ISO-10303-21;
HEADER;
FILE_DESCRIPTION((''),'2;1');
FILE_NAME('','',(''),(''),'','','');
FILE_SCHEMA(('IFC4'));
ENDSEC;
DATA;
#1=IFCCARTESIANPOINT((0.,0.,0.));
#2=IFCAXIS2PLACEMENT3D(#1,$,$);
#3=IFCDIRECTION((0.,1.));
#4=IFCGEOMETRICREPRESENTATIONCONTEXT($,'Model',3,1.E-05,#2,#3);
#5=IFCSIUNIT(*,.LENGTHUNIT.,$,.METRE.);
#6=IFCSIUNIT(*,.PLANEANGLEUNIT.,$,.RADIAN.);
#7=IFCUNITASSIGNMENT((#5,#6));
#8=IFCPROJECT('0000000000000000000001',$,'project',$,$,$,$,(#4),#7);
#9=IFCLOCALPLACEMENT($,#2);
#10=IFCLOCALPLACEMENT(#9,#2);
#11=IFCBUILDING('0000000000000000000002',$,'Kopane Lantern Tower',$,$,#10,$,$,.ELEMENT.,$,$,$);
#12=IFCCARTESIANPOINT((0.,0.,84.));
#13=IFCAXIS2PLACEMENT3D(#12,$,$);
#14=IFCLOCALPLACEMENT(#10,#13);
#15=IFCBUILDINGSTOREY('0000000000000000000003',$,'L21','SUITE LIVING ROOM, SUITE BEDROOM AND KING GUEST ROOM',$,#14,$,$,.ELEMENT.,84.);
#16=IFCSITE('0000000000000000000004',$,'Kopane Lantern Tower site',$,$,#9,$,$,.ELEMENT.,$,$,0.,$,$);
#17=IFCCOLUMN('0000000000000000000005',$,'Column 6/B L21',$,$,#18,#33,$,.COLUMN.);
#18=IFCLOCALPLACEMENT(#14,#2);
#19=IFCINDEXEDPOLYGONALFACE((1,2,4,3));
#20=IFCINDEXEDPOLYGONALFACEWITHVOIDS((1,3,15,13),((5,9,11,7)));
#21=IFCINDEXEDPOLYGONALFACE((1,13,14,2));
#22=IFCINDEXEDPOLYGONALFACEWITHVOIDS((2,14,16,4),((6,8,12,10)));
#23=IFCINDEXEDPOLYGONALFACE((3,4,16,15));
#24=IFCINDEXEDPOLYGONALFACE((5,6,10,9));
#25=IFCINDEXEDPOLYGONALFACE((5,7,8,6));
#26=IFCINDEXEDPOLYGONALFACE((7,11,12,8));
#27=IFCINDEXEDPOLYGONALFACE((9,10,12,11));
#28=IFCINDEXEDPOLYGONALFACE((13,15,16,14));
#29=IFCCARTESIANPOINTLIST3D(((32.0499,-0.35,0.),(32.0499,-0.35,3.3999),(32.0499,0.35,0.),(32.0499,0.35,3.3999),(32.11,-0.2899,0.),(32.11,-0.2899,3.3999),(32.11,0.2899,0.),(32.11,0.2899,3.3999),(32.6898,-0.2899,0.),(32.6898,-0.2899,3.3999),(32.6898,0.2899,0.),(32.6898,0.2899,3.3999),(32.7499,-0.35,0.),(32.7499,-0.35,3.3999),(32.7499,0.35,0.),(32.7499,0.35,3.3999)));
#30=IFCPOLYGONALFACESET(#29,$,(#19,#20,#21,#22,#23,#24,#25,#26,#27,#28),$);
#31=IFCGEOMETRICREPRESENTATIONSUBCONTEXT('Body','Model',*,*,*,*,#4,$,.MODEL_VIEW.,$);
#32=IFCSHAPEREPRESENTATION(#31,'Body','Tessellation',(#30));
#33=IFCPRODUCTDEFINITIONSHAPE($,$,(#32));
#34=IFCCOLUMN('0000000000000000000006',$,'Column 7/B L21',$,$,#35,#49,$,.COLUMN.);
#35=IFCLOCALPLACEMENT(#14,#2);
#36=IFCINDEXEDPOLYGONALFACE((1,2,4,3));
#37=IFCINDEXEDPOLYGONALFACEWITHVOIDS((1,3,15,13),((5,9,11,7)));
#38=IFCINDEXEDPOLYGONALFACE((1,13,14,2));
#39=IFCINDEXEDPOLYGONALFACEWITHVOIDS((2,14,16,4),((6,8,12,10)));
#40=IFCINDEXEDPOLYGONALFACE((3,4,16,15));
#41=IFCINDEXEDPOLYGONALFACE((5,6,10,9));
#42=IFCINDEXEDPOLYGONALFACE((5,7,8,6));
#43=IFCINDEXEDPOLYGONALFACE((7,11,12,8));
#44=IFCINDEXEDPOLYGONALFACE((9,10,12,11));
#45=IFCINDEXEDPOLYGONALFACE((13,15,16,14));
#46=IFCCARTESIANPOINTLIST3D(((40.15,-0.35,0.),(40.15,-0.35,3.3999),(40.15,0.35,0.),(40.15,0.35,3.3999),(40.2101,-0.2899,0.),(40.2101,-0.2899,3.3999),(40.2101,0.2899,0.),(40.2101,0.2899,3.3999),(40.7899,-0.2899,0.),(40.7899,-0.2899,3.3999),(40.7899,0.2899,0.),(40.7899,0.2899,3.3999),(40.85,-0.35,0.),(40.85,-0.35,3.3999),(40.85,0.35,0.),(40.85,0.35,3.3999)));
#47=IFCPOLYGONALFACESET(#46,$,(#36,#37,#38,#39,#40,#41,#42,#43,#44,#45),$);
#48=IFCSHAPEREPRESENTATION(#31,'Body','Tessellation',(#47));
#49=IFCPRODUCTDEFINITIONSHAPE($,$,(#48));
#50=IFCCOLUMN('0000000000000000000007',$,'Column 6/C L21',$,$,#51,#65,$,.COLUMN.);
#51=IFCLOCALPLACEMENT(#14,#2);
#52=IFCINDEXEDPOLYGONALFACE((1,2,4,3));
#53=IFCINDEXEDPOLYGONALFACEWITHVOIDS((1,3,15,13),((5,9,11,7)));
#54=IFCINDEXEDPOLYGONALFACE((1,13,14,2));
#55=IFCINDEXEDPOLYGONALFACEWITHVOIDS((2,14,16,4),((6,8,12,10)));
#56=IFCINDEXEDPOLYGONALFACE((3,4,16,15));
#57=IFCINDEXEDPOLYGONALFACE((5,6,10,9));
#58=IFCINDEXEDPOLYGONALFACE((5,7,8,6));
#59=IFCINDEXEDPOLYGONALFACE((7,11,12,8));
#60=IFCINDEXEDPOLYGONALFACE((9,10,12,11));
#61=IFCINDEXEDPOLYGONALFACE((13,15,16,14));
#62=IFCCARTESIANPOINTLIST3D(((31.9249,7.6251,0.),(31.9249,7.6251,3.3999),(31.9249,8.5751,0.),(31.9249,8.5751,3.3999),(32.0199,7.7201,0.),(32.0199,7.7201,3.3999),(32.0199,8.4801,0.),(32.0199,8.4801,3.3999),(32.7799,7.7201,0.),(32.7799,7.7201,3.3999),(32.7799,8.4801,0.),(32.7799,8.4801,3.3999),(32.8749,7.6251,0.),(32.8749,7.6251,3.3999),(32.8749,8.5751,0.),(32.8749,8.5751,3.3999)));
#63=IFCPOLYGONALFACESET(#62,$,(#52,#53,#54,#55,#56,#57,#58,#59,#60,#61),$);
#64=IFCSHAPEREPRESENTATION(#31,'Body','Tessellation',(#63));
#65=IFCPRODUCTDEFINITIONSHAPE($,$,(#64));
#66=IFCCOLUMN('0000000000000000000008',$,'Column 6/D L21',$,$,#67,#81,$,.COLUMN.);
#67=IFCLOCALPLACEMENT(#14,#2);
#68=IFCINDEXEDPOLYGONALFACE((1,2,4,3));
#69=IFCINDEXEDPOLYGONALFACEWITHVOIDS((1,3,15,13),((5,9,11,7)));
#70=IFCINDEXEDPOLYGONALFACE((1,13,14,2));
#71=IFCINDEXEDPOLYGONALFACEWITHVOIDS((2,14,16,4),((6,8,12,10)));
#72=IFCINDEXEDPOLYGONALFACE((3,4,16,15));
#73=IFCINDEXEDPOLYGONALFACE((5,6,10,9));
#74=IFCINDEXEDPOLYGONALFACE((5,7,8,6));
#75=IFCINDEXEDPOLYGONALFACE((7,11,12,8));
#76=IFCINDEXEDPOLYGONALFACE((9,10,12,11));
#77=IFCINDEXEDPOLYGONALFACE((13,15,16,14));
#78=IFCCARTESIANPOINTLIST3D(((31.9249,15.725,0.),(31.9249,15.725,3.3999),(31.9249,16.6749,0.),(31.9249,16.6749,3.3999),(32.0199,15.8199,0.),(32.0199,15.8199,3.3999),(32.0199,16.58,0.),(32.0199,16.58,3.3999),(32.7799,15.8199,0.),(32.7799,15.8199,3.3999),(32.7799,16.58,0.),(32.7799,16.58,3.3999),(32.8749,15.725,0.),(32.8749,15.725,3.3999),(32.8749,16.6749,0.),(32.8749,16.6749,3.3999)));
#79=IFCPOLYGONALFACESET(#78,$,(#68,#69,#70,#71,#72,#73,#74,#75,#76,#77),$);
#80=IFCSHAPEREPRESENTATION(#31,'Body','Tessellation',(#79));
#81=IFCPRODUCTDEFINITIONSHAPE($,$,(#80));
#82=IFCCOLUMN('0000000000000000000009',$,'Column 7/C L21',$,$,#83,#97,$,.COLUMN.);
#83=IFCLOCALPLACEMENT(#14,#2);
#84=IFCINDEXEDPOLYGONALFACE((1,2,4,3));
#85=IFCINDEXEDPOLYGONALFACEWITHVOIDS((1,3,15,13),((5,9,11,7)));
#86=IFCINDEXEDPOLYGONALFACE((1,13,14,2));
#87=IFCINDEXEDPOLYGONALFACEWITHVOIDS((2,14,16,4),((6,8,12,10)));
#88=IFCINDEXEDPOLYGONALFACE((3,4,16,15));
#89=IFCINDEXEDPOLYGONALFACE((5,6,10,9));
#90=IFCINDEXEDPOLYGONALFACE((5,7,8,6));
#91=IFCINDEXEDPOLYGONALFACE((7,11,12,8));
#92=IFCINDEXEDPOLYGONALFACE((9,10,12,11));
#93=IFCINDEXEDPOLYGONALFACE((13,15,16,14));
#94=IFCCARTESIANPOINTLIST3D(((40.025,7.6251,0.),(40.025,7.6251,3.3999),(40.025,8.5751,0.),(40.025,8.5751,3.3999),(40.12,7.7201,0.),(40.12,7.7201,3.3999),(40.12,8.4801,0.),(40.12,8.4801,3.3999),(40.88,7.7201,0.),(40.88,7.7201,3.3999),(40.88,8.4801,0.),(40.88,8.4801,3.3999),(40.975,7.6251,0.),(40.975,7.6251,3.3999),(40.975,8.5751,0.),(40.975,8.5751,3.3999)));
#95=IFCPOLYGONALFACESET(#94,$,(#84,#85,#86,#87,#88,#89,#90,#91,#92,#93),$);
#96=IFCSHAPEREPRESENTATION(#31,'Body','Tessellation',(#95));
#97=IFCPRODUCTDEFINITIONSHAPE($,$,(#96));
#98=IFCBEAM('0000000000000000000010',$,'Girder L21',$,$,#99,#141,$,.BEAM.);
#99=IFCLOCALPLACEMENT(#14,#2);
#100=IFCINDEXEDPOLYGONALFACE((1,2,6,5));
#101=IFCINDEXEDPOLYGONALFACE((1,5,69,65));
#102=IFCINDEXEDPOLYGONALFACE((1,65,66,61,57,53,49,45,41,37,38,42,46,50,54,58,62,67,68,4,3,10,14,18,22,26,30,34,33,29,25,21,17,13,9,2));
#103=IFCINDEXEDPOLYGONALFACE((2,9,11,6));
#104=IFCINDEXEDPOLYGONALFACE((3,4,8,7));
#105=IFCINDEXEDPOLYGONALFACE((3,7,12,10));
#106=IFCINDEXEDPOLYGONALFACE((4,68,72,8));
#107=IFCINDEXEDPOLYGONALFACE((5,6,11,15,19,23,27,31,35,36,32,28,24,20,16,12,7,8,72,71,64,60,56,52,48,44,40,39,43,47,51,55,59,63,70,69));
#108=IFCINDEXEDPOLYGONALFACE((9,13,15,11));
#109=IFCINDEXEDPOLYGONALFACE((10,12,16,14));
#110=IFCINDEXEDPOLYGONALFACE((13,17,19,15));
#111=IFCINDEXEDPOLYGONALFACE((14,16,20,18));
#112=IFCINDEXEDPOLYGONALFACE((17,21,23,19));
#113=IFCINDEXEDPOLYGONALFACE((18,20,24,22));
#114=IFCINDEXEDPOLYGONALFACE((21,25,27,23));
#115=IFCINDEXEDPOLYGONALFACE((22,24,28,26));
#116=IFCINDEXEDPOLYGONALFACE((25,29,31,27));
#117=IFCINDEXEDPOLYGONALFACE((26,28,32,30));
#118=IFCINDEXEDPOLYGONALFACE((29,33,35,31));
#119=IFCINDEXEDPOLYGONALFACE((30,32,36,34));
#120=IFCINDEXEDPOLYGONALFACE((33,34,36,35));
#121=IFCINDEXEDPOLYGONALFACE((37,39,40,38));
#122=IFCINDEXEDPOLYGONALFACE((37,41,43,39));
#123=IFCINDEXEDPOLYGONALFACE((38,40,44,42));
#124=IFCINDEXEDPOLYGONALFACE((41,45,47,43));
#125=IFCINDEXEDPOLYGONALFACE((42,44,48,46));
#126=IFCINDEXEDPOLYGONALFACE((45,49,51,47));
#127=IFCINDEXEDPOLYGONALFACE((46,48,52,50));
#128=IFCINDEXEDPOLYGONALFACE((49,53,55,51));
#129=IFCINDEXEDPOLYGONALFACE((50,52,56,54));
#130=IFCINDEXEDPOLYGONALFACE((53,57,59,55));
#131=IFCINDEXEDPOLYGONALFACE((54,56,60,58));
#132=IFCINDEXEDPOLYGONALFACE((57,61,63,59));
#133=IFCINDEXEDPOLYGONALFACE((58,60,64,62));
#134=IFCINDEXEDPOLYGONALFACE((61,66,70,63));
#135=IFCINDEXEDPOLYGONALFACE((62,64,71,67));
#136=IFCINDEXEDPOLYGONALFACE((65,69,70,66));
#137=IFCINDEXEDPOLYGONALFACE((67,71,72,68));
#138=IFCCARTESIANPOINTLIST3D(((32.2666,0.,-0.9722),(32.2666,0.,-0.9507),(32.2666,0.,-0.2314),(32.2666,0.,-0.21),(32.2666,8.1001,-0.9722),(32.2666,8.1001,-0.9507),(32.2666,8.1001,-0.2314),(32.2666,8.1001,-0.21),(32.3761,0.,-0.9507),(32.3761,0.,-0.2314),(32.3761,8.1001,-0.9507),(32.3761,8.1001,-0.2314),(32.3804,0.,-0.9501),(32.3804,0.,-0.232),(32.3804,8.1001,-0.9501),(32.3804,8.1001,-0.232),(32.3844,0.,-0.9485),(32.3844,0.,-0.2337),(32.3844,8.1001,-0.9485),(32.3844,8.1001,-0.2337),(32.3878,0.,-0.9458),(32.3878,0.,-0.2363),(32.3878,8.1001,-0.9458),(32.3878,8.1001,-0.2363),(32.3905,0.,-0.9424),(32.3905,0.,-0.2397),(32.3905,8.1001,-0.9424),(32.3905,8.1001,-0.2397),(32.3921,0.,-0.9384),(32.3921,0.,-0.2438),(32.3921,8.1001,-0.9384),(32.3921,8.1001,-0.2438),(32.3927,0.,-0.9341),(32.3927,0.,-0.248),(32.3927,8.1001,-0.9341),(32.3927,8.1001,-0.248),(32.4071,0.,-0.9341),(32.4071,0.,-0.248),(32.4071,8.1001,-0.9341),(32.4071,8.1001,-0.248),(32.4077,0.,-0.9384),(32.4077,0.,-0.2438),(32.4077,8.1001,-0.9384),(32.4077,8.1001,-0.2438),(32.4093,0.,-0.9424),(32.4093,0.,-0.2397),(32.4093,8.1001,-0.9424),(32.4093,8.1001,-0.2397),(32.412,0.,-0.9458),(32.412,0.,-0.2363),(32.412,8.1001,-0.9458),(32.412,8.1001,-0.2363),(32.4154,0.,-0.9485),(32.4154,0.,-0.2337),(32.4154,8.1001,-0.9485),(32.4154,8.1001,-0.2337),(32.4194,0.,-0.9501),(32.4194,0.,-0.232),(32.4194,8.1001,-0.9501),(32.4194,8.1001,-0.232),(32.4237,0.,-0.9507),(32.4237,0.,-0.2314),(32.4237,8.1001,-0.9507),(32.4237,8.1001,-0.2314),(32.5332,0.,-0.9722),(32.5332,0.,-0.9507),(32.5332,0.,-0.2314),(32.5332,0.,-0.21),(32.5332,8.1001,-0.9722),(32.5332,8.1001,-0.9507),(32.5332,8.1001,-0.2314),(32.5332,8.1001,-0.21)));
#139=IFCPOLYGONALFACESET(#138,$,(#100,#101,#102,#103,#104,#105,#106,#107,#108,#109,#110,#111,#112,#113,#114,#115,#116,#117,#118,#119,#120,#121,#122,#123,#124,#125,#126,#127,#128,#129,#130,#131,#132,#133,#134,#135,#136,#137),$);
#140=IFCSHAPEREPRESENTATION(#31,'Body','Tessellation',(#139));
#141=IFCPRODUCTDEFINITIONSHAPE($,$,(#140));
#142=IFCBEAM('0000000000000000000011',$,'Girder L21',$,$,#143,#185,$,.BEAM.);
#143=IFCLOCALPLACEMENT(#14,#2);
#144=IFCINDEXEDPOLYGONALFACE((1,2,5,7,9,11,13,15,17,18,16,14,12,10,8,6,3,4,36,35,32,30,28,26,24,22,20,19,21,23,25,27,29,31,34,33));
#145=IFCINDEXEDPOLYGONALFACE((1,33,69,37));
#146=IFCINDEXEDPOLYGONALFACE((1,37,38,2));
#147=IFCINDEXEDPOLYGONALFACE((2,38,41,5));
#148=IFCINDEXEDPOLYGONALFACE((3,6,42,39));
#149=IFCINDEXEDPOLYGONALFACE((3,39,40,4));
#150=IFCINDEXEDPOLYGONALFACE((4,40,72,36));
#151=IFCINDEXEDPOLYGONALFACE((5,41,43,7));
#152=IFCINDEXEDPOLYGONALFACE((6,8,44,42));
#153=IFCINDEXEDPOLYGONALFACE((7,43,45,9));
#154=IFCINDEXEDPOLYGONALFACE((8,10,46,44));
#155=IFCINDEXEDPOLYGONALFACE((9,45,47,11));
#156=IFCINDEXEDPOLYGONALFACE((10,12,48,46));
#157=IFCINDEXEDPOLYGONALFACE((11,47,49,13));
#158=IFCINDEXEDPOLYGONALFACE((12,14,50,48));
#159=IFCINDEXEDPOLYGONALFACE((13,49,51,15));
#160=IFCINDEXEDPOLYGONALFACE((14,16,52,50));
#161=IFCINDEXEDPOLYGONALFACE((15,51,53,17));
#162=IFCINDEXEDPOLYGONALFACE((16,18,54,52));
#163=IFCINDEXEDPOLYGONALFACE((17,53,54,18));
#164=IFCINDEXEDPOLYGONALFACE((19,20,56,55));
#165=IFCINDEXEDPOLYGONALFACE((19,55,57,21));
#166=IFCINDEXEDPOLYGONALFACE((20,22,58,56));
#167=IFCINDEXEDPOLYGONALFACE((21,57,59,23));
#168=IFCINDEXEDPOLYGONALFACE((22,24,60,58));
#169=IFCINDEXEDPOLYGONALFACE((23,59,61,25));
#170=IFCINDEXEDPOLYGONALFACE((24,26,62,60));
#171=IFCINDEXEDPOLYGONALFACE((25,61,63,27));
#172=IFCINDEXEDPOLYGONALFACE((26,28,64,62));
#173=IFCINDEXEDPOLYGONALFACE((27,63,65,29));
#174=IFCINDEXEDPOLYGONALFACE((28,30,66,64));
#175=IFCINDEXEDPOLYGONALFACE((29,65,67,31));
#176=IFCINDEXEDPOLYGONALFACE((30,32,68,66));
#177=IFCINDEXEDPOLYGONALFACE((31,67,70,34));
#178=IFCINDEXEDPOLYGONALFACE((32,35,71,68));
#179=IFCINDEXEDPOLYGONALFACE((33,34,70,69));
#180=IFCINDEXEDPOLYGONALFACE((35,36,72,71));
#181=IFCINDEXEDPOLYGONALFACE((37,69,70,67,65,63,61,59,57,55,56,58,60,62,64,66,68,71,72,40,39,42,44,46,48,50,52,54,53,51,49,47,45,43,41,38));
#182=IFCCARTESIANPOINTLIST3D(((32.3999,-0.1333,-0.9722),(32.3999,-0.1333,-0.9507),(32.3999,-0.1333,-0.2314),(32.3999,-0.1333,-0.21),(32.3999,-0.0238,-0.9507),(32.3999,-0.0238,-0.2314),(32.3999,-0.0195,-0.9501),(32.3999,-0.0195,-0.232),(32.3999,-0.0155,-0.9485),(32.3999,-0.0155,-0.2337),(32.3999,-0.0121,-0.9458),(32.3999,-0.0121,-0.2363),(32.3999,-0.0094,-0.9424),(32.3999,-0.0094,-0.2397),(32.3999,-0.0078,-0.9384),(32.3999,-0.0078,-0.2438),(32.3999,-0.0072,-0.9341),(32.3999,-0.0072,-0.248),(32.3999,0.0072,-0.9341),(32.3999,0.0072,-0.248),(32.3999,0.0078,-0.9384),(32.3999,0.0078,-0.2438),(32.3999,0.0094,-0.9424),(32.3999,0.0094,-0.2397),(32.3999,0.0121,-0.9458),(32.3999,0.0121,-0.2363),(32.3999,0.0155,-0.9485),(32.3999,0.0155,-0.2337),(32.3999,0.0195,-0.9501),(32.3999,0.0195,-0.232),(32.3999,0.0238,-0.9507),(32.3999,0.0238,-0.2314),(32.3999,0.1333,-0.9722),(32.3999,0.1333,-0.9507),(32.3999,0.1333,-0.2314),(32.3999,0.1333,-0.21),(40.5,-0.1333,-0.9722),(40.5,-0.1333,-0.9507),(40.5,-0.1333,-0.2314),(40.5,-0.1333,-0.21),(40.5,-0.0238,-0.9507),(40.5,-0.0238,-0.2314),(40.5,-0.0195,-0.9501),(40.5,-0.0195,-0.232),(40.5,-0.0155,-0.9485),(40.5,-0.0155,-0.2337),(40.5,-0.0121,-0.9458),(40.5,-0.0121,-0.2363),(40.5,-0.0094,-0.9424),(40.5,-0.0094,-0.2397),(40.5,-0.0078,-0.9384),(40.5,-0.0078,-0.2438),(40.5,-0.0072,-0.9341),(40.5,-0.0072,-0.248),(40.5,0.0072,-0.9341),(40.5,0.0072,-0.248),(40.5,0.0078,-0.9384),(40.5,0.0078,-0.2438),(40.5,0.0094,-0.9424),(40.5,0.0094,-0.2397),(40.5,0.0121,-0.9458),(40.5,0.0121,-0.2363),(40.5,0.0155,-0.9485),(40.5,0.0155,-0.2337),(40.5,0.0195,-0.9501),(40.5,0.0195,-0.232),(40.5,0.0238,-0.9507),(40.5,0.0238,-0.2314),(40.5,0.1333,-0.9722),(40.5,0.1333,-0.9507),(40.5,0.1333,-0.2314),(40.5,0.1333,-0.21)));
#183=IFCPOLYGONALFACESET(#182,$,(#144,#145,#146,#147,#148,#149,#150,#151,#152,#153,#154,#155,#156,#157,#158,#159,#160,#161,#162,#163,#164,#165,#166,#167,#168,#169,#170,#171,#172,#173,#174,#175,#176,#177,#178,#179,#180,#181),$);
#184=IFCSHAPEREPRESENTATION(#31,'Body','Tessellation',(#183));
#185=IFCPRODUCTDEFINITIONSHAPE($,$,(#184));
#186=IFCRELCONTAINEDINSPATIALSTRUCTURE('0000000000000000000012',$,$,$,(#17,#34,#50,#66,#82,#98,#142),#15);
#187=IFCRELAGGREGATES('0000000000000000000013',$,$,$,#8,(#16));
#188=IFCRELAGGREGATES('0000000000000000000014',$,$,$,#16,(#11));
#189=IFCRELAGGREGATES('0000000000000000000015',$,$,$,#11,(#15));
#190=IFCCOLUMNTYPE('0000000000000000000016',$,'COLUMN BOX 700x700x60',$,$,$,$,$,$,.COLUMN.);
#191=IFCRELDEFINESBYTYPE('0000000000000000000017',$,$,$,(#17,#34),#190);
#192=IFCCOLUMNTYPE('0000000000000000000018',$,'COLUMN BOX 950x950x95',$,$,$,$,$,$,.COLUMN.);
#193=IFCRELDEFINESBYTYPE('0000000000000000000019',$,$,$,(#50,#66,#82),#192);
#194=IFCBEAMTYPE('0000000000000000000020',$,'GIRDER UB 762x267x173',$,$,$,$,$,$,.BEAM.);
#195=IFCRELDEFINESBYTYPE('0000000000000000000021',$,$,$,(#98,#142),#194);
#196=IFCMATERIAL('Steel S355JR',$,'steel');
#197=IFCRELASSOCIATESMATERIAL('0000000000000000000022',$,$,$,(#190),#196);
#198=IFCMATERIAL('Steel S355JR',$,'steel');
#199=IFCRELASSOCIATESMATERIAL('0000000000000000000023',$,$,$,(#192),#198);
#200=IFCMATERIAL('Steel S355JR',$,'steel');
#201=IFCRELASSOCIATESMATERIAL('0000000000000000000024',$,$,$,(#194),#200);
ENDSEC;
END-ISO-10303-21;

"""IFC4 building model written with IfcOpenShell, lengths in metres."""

from ifc_helpers import new_model, si_unit, direction, frame, origin, origin_2d, place, context, subcontext, project, spatial, hollow_rectangle, i_section, extrude, material, material_profile, profile_set, type_object, element, save


model = new_model("IFC4")

# Units and contexts
model_context = context("Model", 3, precision=1e-05, world=origin(), true_north=direction((0.0, 1.0)))
body_context = subcontext(model_context, "Body", "Model", "MODEL_VIEW")
ifc_project = project(units=[si_unit("LENGTHUNIT", "METRE"), si_unit("PLANEANGLEUNIT", "RADIAN")], contexts=[model_context])

# Site, building, storey
site_placement = place(None, origin())
site = spatial("IfcSite", under=ifc_project, at=site_placement, Name="Kopane Lantern Tower site", CompositionType="ELEMENT", RefElevation=0.0)
building_placement = place(site_placement, origin())
building = spatial("IfcBuilding", under=site, at=building_placement, Name="Kopane Lantern Tower", CompositionType="ELEMENT")
storey_placement = place(building_placement, frame((0.0, 0.0, 84.0)))
storey = spatial("IfcBuildingStorey", under=building, at=storey_placement, Name="L21", Description="SUITE LIVING ROOM, SUITE BEDROOM AND KING GUEST ROOM", CompositionType="ELEMENT", Elevation=84.0)

# Columns
ifc_material_1 = material(Name="Steel S355JR", Category="steel")
ifc_material_profile_1 = material_profile(ifc_material_1, hollow_rectangle(XDim=0.7, YDim=0.7, WallThickness=0.0601, at=origin_2d()), Name="BOX 700x700x60")
ifc_profile_set_1 = profile_set([ifc_material_profile_1], Name="Steel S355JR")
column_type_1 = type_object("IfcColumnType", Name="COLUMN BOX 700x700x60", PredefinedType="COLUMN", material=ifc_profile_set_1)
for number, where, z_axis, x_axis, name in (
    (1, (32.3999, 0.0, 0.0), (0.0, 0.0, 1.0), (1.0, 0.0, 0.0), "Column 6/B L21"),
    (2, (40.5, 0.0, 0.0), (0.0, 0.0, 1.0), (1.0, 0.0, 0.0), "Column 7/B L21"),
):
    element("IfcColumn", number, at=place(storey_placement, frame(where, z_axis=z_axis, x_axis=x_axis)), inside=storey, type_object=column_type_1, Name=name, PredefinedType="COLUMN", context=body_context, shape_type="SweptSolid", body=[
        extrude(hollow_rectangle(XDim=0.7, YDim=0.7, WallThickness=0.0601, at=origin_2d()), origin(), (0.0, 0.0, 1.0), 3.3999),
    ])
ifc_material_2 = material(Name="Steel S355JR", Category="steel")
ifc_material_profile_2 = material_profile(ifc_material_2, hollow_rectangle(XDim=0.95, YDim=0.95, WallThickness=0.095, at=origin_2d()), Name="BOX 950x950x95")
ifc_profile_set_2 = profile_set([ifc_material_profile_2], Name="Steel S355JR")
column_type_2 = type_object("IfcColumnType", Name="COLUMN BOX 950x950x95", PredefinedType="COLUMN", material=ifc_profile_set_2)
for number, where, z_axis, x_axis, name in (
    (3, (32.3999, 8.1001, 0.0), (0.0, 0.0, 1.0), (1.0, 0.0, 0.0), "Column 6/C L21"),
    (4, (32.3999, 16.2, 0.0), (0.0, 0.0, 1.0), (1.0, 0.0, 0.0), "Column 6/D L21"),
    (5, (40.5, 8.1001, 0.0), (0.0, 0.0, 1.0), (1.0, 0.0, 0.0), "Column 7/C L21"),
):
    element("IfcColumn", number, at=place(storey_placement, frame(where, z_axis=z_axis, x_axis=x_axis)), inside=storey, type_object=column_type_2, Name=name, PredefinedType="COLUMN", context=body_context, shape_type="SweptSolid", body=[
        extrude(hollow_rectangle(XDim=0.95, YDim=0.95, WallThickness=0.095, at=origin_2d()), origin(), (0.0, 0.0, 1.0), 3.3999),
    ])

# Beams
ifc_material_3 = material(Name="Steel S355JR", Category="steel")
ifc_material_profile_3 = material_profile(ifc_material_3, i_section(OverallWidth=0.2666, OverallDepth=0.7622, WebThickness=0.0144, FlangeThickness=0.0215, FilletRadius=0.0166, at=origin_2d()), Name="UB 762x267x173")
ifc_profile_set_3 = profile_set([ifc_material_profile_3], Name="Steel S355JR")
beam_type = type_object("IfcBeamType", Name="GIRDER UB 762x267x173", PredefinedType="BEAM", material=ifc_profile_set_3)
for number, where, z_axis, x_axis, name in (
    (6, (32.3999, 0.0, -0.5911), (0.0, 1.0, 0.0), (-1.0, 0.0, 0.0), "Girder L21"),
    (7, (32.3999, 0.0, -0.5911), (1.0, 0.0, 0.0), (0.0, 1.0, 0.0), "Girder L21"),
):
    element("IfcBeam", number, at=place(storey_placement, frame(where, z_axis=z_axis, x_axis=x_axis)), inside=storey, type_object=beam_type, Name=name, PredefinedType="BEAM", context=body_context, shape_type="SweptSolid", body=[
        extrude(i_section(OverallWidth=0.2666, OverallDepth=0.7622, WebThickness=0.0144, FlangeThickness=0.0215, FilletRadius=0.0166, at=origin_2d()), origin(), (0.0, 0.0, 1.0), 8.1001),
    ])

save(model, "model.ifc")
